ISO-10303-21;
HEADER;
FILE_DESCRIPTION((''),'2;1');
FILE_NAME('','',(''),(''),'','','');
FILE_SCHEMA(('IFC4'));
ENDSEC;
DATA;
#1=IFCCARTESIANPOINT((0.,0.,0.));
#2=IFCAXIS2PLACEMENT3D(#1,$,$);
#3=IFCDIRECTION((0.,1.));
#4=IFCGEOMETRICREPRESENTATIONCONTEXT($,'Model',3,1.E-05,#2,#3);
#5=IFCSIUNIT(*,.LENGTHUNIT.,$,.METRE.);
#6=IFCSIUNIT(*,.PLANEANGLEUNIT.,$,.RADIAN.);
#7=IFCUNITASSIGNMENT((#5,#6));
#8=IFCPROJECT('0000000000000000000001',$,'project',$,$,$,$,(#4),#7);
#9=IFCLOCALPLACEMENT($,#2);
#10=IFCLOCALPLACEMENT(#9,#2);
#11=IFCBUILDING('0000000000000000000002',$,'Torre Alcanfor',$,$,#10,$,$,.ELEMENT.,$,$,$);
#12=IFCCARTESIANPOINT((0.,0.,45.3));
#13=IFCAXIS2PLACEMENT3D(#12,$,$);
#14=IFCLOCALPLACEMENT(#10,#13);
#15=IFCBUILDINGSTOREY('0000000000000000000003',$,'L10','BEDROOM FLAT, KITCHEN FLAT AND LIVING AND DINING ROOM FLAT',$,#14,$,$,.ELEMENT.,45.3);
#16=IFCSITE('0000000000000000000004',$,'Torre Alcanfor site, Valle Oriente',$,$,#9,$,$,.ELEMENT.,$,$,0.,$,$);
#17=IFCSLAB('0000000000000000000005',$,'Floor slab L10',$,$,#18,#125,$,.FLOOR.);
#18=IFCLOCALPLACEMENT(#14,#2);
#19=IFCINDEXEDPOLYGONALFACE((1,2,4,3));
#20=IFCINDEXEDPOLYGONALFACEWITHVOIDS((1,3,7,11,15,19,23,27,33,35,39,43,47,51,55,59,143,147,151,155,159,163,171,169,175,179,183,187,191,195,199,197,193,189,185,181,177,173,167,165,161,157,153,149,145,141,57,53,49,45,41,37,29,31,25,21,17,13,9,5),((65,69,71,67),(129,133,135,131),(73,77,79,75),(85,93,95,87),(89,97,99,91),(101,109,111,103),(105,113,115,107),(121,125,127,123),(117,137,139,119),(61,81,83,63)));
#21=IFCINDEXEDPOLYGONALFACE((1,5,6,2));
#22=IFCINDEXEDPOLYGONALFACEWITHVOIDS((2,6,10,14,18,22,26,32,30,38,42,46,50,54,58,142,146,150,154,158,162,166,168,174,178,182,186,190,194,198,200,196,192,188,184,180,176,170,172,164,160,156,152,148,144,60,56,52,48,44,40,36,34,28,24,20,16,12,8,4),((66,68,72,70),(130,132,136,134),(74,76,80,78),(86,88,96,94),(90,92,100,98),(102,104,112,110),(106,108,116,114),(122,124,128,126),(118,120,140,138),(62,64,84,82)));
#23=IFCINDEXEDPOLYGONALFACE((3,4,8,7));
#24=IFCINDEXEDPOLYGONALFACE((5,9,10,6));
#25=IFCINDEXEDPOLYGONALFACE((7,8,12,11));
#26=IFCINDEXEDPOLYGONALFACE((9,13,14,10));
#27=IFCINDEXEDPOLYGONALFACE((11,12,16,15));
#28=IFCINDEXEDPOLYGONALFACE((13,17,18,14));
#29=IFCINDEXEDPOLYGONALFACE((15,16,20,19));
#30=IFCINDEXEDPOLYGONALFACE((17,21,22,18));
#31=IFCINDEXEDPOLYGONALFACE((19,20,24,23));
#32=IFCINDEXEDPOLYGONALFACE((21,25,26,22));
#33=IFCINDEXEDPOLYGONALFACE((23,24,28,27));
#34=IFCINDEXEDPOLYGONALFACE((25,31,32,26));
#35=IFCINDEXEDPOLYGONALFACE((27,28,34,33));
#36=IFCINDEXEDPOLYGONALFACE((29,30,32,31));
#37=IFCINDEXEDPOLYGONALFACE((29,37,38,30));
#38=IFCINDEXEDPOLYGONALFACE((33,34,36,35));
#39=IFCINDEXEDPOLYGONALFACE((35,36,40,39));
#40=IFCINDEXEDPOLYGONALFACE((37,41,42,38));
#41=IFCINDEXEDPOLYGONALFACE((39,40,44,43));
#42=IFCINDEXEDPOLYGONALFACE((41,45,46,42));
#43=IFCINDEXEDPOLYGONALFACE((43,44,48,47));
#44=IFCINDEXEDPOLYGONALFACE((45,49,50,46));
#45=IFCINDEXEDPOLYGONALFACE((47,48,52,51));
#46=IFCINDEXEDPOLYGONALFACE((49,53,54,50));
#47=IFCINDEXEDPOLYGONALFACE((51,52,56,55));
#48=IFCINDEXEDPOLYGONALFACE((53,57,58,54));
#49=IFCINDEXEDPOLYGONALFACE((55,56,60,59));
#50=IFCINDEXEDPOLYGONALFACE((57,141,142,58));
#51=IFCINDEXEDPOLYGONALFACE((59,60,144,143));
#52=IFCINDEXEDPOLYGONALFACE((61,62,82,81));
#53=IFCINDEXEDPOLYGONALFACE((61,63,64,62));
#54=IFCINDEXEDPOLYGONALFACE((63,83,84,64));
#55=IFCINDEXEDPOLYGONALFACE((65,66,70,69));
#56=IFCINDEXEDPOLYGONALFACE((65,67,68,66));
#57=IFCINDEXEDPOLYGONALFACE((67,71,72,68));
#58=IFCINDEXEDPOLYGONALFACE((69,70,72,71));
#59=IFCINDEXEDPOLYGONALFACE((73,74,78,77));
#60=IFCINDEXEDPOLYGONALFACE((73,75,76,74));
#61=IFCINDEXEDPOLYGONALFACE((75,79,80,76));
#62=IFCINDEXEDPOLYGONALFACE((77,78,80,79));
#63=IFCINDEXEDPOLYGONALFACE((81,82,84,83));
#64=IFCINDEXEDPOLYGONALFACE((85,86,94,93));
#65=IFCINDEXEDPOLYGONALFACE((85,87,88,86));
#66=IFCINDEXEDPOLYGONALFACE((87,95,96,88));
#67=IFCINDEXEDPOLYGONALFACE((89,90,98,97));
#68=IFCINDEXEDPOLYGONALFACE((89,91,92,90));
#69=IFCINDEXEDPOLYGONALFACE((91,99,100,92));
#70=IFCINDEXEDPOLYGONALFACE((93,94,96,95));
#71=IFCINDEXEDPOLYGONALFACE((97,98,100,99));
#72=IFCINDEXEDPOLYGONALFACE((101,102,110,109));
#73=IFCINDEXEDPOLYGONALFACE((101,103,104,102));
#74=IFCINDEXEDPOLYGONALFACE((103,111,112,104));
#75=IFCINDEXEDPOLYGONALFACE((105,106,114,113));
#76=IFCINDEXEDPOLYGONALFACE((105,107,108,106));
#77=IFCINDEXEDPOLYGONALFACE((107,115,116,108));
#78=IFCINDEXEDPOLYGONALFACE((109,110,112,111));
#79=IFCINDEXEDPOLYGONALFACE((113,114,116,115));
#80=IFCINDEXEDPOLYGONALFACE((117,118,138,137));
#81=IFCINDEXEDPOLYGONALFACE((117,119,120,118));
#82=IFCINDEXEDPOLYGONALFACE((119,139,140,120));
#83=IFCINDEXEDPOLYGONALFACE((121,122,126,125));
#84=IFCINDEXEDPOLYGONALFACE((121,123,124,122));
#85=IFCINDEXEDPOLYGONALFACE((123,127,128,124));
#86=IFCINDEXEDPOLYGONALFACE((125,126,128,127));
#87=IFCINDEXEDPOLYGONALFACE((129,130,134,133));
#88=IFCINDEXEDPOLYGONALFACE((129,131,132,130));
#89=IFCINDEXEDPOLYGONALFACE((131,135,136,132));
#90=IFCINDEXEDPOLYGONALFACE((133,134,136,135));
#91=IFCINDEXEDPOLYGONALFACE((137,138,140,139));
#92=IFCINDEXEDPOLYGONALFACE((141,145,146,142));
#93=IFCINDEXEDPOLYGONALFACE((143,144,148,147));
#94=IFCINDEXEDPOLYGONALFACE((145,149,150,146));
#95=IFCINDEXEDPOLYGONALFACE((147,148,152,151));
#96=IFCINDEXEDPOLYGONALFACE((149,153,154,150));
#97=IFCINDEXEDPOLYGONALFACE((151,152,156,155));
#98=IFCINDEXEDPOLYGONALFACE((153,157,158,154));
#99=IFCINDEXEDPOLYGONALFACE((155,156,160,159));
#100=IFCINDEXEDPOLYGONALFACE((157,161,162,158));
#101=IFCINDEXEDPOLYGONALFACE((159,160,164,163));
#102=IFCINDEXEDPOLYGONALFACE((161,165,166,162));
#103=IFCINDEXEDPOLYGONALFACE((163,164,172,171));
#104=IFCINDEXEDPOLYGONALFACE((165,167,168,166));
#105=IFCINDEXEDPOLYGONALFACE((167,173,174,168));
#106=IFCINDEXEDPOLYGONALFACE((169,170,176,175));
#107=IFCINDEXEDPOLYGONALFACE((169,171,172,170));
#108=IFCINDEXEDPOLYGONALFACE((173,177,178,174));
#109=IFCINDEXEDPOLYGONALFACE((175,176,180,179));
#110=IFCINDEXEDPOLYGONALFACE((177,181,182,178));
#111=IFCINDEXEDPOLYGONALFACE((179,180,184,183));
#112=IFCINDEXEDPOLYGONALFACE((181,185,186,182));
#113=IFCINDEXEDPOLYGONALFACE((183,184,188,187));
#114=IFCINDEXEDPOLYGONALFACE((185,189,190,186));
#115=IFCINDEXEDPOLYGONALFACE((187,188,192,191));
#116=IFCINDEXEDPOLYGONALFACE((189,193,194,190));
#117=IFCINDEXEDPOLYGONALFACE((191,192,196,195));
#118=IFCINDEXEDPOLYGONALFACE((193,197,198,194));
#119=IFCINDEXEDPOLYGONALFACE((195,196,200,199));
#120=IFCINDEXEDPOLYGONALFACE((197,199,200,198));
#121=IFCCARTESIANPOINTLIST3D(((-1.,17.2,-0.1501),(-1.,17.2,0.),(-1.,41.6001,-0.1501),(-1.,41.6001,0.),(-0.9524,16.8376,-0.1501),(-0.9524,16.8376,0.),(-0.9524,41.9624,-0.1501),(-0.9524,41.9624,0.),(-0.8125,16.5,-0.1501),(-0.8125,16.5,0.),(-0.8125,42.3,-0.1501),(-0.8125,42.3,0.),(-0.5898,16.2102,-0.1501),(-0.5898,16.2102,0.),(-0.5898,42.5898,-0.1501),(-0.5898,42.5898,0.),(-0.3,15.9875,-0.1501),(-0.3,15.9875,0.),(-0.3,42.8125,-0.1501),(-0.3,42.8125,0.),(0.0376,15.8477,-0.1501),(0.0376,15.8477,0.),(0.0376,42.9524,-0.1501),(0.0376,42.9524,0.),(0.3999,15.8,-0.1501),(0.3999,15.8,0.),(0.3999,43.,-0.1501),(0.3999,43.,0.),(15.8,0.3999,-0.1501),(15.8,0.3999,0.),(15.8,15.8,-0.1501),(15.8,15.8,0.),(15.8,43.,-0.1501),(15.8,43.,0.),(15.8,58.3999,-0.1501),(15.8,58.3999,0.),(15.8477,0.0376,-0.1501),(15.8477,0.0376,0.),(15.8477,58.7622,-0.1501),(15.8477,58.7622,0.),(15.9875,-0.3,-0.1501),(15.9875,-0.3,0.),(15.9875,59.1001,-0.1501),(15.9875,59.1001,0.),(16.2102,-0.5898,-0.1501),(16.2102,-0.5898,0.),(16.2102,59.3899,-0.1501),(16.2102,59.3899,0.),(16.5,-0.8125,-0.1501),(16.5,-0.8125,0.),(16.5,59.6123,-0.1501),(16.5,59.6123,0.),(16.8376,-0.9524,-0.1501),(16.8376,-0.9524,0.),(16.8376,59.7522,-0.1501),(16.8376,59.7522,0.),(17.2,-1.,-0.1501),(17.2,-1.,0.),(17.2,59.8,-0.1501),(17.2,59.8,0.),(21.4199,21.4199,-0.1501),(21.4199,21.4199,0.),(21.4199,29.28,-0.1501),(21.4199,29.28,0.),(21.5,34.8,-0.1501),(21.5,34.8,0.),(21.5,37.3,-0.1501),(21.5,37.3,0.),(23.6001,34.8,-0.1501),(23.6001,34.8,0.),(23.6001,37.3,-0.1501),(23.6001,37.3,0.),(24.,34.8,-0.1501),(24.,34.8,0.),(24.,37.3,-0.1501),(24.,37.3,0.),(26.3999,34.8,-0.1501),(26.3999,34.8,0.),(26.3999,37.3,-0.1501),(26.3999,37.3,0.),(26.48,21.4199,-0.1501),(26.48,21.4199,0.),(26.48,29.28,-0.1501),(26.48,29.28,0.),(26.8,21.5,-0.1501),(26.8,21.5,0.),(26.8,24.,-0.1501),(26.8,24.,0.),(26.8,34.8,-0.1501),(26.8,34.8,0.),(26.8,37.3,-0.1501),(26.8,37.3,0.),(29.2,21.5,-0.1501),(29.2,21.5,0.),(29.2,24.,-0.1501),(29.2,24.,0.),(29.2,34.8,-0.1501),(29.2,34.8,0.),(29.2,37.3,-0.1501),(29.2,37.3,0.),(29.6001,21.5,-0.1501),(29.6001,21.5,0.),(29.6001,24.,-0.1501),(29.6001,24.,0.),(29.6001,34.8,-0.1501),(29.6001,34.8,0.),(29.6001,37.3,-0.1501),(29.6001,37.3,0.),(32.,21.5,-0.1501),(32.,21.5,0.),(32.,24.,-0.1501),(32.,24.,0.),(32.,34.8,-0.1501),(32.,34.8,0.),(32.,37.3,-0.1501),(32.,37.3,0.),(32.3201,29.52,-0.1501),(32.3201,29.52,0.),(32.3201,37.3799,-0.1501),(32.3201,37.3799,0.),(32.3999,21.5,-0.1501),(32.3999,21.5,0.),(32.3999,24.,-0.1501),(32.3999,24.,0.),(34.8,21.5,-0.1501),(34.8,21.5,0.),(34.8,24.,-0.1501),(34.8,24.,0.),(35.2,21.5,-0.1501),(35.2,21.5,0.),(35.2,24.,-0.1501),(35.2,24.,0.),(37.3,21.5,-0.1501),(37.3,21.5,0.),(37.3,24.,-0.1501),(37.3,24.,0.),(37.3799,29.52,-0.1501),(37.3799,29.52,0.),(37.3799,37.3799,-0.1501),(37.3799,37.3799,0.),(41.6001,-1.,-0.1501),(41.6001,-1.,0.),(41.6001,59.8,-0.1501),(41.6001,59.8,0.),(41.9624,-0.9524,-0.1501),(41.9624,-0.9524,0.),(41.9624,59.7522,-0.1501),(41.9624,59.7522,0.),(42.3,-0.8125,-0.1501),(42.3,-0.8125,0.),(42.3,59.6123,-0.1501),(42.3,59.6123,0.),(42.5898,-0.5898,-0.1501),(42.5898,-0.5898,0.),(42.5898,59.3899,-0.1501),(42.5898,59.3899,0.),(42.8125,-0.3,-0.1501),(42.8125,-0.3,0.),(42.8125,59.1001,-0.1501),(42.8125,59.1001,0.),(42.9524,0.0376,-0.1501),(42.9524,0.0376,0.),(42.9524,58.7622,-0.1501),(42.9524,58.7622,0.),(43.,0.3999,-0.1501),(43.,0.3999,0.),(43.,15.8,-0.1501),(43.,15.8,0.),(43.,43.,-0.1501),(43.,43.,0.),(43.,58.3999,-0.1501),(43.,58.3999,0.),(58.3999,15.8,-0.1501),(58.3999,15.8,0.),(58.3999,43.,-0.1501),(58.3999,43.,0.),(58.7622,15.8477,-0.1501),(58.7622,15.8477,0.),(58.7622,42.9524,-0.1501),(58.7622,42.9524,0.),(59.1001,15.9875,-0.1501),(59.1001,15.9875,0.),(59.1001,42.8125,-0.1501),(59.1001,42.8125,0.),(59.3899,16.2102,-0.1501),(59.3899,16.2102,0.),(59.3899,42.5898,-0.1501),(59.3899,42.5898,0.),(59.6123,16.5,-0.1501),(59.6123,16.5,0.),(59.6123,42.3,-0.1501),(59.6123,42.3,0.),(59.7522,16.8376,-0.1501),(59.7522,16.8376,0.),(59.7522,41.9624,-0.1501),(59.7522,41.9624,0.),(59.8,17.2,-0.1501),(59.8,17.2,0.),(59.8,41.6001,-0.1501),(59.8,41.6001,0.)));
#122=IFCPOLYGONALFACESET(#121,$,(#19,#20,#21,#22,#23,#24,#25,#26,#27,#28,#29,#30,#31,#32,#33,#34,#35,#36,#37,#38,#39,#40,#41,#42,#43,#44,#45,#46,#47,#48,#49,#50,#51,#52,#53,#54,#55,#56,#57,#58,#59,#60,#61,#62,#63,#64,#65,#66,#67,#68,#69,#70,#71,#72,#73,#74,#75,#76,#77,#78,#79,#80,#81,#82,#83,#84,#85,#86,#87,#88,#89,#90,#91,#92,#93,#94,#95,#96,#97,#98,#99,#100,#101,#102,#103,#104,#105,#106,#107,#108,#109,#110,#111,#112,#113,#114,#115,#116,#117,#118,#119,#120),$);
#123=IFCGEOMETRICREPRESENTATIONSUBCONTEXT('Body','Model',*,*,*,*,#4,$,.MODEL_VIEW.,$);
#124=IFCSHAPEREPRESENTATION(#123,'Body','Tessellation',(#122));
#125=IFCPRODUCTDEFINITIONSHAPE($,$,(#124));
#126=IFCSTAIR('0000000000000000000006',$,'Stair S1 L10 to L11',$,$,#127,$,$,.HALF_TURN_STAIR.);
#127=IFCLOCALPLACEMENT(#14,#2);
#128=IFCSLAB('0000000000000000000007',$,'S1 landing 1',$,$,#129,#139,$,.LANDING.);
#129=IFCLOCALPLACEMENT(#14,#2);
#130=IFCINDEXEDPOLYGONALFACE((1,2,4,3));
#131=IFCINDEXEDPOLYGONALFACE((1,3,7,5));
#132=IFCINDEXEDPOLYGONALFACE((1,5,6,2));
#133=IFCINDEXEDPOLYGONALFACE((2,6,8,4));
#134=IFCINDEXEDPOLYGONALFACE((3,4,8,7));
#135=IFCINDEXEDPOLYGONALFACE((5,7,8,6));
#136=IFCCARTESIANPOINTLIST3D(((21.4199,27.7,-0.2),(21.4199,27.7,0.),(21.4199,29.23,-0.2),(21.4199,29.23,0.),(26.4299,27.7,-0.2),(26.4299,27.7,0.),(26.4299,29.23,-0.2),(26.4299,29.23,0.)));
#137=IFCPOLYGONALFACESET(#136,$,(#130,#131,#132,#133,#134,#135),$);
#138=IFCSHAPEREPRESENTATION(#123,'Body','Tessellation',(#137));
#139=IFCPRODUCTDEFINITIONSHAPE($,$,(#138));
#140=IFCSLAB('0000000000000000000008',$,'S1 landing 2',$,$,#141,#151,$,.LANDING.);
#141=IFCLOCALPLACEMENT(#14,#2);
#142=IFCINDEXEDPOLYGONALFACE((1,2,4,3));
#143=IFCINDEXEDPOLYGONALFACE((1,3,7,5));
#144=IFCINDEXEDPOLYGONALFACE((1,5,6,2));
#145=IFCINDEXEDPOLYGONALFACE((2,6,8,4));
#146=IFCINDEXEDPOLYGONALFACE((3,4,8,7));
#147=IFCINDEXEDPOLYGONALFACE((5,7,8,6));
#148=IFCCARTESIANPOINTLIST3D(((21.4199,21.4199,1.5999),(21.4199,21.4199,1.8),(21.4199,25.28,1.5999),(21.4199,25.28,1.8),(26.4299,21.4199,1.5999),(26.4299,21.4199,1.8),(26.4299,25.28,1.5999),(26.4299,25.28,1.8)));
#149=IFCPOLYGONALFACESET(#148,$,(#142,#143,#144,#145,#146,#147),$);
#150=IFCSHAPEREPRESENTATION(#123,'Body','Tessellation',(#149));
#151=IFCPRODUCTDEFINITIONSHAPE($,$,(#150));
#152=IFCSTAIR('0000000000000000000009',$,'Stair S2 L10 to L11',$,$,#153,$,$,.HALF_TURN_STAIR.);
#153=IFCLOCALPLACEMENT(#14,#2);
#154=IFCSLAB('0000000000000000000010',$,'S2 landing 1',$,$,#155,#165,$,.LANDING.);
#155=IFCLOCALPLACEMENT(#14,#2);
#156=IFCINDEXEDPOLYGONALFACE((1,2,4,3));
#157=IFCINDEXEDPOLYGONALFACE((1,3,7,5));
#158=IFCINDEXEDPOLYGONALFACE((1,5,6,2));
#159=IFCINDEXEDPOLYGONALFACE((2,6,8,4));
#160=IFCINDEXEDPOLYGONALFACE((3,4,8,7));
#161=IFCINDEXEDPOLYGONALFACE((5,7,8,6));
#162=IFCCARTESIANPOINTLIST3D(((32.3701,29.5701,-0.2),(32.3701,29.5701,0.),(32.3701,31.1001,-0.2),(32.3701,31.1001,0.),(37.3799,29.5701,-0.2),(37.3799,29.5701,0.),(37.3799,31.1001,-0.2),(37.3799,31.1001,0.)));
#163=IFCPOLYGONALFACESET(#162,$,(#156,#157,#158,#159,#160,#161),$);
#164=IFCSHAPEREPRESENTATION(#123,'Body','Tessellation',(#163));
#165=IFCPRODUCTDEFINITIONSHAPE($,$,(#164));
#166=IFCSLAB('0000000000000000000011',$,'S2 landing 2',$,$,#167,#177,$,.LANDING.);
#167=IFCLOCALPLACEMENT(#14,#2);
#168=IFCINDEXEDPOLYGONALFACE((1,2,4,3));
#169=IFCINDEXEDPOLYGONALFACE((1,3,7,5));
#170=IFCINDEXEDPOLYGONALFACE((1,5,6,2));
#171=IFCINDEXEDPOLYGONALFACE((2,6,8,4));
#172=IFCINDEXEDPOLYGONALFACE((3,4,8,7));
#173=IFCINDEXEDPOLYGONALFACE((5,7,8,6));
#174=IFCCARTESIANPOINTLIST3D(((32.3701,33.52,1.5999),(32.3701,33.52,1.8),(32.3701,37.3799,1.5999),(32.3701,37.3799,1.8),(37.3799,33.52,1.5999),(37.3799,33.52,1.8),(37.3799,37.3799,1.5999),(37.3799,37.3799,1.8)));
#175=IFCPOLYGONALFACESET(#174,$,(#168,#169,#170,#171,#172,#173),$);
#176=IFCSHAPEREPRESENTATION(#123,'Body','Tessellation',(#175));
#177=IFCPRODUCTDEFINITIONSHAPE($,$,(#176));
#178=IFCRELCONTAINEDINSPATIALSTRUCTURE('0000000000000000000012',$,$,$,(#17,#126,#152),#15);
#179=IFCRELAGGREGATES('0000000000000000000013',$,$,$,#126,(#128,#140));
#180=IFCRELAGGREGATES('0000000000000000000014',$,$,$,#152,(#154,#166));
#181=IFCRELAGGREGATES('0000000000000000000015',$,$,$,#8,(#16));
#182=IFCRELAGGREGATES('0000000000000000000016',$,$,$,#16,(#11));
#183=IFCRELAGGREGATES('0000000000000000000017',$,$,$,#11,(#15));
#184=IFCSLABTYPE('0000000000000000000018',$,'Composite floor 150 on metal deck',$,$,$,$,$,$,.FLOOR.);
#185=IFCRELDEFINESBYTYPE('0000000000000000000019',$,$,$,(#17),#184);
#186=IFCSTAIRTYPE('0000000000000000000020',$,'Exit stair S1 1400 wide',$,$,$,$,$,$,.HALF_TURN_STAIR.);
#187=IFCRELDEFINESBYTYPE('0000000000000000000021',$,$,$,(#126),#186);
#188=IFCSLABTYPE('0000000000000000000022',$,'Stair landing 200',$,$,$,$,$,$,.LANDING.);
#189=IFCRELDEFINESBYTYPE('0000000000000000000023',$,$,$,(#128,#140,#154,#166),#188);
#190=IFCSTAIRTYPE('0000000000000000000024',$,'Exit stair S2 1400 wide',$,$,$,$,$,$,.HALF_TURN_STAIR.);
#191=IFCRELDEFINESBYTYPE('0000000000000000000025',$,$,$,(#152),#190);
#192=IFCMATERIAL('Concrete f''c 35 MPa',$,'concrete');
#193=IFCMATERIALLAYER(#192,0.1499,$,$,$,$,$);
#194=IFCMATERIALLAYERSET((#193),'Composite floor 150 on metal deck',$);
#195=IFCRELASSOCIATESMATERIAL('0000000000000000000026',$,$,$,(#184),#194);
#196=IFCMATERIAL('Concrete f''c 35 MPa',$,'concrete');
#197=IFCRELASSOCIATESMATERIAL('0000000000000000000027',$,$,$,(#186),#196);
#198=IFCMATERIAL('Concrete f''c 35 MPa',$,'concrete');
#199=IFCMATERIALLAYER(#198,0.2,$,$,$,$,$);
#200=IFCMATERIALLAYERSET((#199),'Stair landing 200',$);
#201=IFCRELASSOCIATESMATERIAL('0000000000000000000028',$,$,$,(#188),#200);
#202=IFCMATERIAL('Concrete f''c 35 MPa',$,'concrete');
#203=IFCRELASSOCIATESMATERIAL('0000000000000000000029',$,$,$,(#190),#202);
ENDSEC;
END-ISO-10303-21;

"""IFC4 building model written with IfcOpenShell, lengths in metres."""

from ifc_helpers import new_model, si_unit, direction, frame, origin, place, context, subcontext, project, spatial, polyline, outline, extrude, material, layer, layer_set, type_object, element, aggregate, save


model = new_model("IFC4")

# Units and contexts
model_context = context("Model", 3, precision=1e-05, world=origin(), true_north=direction((0.0, 1.0)))
body_context = subcontext(model_context, "Body", "Model", "MODEL_VIEW")
ifc_project = project(units=[si_unit("LENGTHUNIT", "METRE"), si_unit("PLANEANGLEUNIT", "RADIAN")], contexts=[model_context])

# Site, building, storey
site_placement = place(None, origin())
site = spatial("IfcSite", under=ifc_project, at=site_placement, Name="Torre Alcanfor site, Valle Oriente", CompositionType="ELEMENT", RefElevation=0.0)
building_placement = place(site_placement, origin())
building = spatial("IfcBuilding", under=site, at=building_placement, Name="Torre Alcanfor", CompositionType="ELEMENT")
storey_placement = place(building_placement, frame((0.0, 0.0, 45.3)))
storey = spatial("IfcBuildingStorey", under=building, at=storey_placement, Name="L10", Description="BEDROOM FLAT, KITCHEN FLAT AND LIVING AND DINING ROOM FLAT", CompositionType="ELEMENT", Elevation=45.3)

# Slab
ifc_material_1 = material(Name="Concrete f'c 35 MPa", Category="concrete")
ifc_layer_1 = layer(ifc_material_1, 0.1499)
ifc_layer_set_1 = layer_set([ifc_layer_1], Name="Composite floor 150 on metal deck")
slab_type_1 = type_object("IfcSlabType", Name="Composite floor 150 on metal deck", PredefinedType="FLOOR", material=ifc_layer_set_1)
slab_1_placement = place(storey_placement, frame((0.0, 0.0, -0.1501)))
element("IfcSlab", 1, at=slab_1_placement, inside=storey, type_object=slab_type_1, Name="Floor slab L10", PredefinedType="FLOOR", context=body_context, shape_type="SweptSolid", body=[
    extrude(outline(polyline([(15.8, 43.0), (0.3999, 43.0), (0.0376, 42.9524), (-0.3, 42.8125), (-0.5898, 42.5898), (-0.8125, 42.3), (-0.9524, 41.9624), (-1.0, 41.6001), (-1.0, 17.2), (-0.9524, 16.8376), (-0.8125, 16.5), (-0.5898, 16.2102), (-0.3, 15.9875), (0.0376, 15.8477), (0.3999, 15.8), (15.8, 15.8), (15.8, 0.3999), (15.8477, 0.0376), (15.9875, -0.3), (16.2102, -0.5898), (16.5, -0.8125), (16.8376, -0.9524), (17.2, -1.0), (41.6001, -1.0), (41.9624, -0.9524), (42.3, -0.8125), (42.5898, -0.5898), (42.8125, -0.3), (42.9524, 0.0376), (43.0, 0.3999), (43.0, 15.8), (58.3999, 15.8), (58.7622, 15.8477), (59.1001, 15.9875), (59.3899, 16.2102), (59.6123, 16.5), (59.7522, 16.8376), (59.8, 17.2), (59.8, 41.6001), (59.7522, 41.9624), (59.6123, 42.3), (59.3899, 42.5898), (59.1001, 42.8125), (58.7622, 42.9524), (58.3999, 43.0), (43.0, 43.0), (43.0, 58.3999), (42.9524, 58.7622), (42.8125, 59.1001), (42.5898, 59.3899), (42.3, 59.6123), (41.9624, 59.7522), (41.6001, 59.8), (17.2, 59.8), (16.8376, 59.7522), (16.5, 59.6123), (16.2102, 59.3899), (15.9875, 59.1001), (15.8477, 58.7622), (15.8, 58.3999), (15.8, 43.0)]), holes=[polyline([(21.4199, 21.4199), (26.48, 21.4199), (26.48, 29.28), (21.4199, 29.28), (21.4199, 21.4199)]), polyline([(32.3201, 29.52), (37.3799, 29.52), (37.3799, 37.3799), (32.3201, 37.3799), (32.3201, 29.52)]), polyline([(26.8, 21.5), (29.2, 21.5), (29.2, 24.0), (26.8, 24.0), (26.8, 21.5)]), polyline([(29.6001, 21.5), (32.0, 21.5), (32.0, 24.0), (29.6001, 24.0), (29.6001, 21.5)]), polyline([(32.3999, 21.5), (34.8, 21.5), (34.8, 24.0), (32.3999, 24.0), (32.3999, 21.5)]), polyline([(35.2, 21.5), (37.3, 21.5), (37.3, 24.0), (35.2, 24.0), (35.2, 21.5)]), polyline([(21.5, 34.8), (23.6001, 34.8), (23.6001, 37.3), (21.5, 37.3), (21.5, 34.8)]), polyline([(24.0, 34.8), (26.3999, 34.8), (26.3999, 37.3), (24.0, 37.3), (24.0, 34.8)]), polyline([(26.8, 34.8), (29.2, 34.8), (29.2, 37.3), (26.8, 37.3), (26.8, 34.8)]), polyline([(29.6001, 34.8), (32.0, 34.8), (32.0, 37.3), (29.6001, 37.3), (29.6001, 34.8)])]), origin(), (0.0, 0.0, 1.0), 0.1501),
])

# Stairs, slabs
ifc_material_2 = material(Name="Concrete f'c 35 MPa", Category="concrete")
stair_type_1 = type_object("IfcStairType", Name="Exit stair S1 1400 wide", PredefinedType="HALF_TURN_STAIR", material=ifc_material_2)
stair_1_placement = place(storey_placement, origin())
stair_1 = element("IfcStair", 2, at=stair_1_placement, inside=storey, type_object=stair_type_1, Name="Stair S1 L10 to L11", PredefinedType="HALF_TURN_STAIR")
ifc_material_3 = material(Name="Concrete f'c 35 MPa", Category="concrete")
ifc_layer_2 = layer(ifc_material_3, 0.2)
ifc_layer_set_2 = layer_set([ifc_layer_2], Name="Stair landing 200")
slab_type_2 = type_object("IfcSlabType", Name="Stair landing 200", PredefinedType="LANDING", material=ifc_layer_set_2)
slab_2_placement = place(storey_placement, frame((0.0, 0.0, -0.2)))
slab_2 = element("IfcSlab", 3, at=slab_2_placement, type_object=slab_type_2, Name="S1 landing 1", PredefinedType="LANDING", context=body_context, shape_type="SweptSolid", body=[
    extrude(outline(polyline([(21.4199, 27.7), (26.4299, 27.7), (26.4299, 29.23), (21.4199, 29.23), (21.4199, 27.7)])), origin(), (0.0, 0.0, 1.0), 0.2),
])
slab_3_placement = place(storey_placement, frame((0.0, 0.0, 1.5999)))
slab_3 = element("IfcSlab", 4, at=slab_3_placement, type_object=slab_type_2, Name="S1 landing 2", PredefinedType="LANDING", context=body_context, shape_type="SweptSolid", body=[
    extrude(outline(polyline([(21.4199, 21.4199), (26.4299, 21.4199), (26.4299, 25.28), (21.4199, 25.28), (21.4199, 21.4199)])), origin(), (0.0, 0.0, 1.0), 0.2002),
])
aggregate(stair_1, [slab_2, slab_3])
ifc_material_4 = material(Name="Concrete f'c 35 MPa", Category="concrete")
stair_type_2 = type_object("IfcStairType", Name="Exit stair S2 1400 wide", PredefinedType="HALF_TURN_STAIR", material=ifc_material_4)
stair_2_placement = place(storey_placement, origin())
stair_2 = element("IfcStair", 5, at=stair_2_placement, inside=storey, type_object=stair_type_2, Name="Stair S2 L10 to L11", PredefinedType="HALF_TURN_STAIR")
slab_4_placement = place(storey_placement, frame((0.0, 0.0, -0.2)))
slab_4 = element("IfcSlab", 6, at=slab_4_placement, type_object=slab_type_2, Name="S2 landing 1", PredefinedType="LANDING", context=body_context, shape_type="SweptSolid", body=[
    extrude(outline(polyline([(32.3701, 29.5701), (37.3799, 29.5701), (37.3799, 31.1001), (32.3701, 31.1001), (32.3701, 29.5701)])), origin(), (0.0, 0.0, 1.0), 0.2),
])
slab_5_placement = place(storey_placement, frame((0.0, 0.0, 1.5999)))
slab_5 = element("IfcSlab", 7, at=slab_5_placement, type_object=slab_type_2, Name="S2 landing 2", PredefinedType="LANDING", context=body_context, shape_type="SweptSolid", body=[
    extrude(outline(polyline([(32.3701, 33.52), (37.3799, 33.52), (37.3799, 37.3799), (32.3701, 37.3799), (32.3701, 33.52)])), origin(), (0.0, 0.0, 1.0), 0.2002),
])
aggregate(stair_2, [slab_4, slab_5])

save(model, "model.ifc")
